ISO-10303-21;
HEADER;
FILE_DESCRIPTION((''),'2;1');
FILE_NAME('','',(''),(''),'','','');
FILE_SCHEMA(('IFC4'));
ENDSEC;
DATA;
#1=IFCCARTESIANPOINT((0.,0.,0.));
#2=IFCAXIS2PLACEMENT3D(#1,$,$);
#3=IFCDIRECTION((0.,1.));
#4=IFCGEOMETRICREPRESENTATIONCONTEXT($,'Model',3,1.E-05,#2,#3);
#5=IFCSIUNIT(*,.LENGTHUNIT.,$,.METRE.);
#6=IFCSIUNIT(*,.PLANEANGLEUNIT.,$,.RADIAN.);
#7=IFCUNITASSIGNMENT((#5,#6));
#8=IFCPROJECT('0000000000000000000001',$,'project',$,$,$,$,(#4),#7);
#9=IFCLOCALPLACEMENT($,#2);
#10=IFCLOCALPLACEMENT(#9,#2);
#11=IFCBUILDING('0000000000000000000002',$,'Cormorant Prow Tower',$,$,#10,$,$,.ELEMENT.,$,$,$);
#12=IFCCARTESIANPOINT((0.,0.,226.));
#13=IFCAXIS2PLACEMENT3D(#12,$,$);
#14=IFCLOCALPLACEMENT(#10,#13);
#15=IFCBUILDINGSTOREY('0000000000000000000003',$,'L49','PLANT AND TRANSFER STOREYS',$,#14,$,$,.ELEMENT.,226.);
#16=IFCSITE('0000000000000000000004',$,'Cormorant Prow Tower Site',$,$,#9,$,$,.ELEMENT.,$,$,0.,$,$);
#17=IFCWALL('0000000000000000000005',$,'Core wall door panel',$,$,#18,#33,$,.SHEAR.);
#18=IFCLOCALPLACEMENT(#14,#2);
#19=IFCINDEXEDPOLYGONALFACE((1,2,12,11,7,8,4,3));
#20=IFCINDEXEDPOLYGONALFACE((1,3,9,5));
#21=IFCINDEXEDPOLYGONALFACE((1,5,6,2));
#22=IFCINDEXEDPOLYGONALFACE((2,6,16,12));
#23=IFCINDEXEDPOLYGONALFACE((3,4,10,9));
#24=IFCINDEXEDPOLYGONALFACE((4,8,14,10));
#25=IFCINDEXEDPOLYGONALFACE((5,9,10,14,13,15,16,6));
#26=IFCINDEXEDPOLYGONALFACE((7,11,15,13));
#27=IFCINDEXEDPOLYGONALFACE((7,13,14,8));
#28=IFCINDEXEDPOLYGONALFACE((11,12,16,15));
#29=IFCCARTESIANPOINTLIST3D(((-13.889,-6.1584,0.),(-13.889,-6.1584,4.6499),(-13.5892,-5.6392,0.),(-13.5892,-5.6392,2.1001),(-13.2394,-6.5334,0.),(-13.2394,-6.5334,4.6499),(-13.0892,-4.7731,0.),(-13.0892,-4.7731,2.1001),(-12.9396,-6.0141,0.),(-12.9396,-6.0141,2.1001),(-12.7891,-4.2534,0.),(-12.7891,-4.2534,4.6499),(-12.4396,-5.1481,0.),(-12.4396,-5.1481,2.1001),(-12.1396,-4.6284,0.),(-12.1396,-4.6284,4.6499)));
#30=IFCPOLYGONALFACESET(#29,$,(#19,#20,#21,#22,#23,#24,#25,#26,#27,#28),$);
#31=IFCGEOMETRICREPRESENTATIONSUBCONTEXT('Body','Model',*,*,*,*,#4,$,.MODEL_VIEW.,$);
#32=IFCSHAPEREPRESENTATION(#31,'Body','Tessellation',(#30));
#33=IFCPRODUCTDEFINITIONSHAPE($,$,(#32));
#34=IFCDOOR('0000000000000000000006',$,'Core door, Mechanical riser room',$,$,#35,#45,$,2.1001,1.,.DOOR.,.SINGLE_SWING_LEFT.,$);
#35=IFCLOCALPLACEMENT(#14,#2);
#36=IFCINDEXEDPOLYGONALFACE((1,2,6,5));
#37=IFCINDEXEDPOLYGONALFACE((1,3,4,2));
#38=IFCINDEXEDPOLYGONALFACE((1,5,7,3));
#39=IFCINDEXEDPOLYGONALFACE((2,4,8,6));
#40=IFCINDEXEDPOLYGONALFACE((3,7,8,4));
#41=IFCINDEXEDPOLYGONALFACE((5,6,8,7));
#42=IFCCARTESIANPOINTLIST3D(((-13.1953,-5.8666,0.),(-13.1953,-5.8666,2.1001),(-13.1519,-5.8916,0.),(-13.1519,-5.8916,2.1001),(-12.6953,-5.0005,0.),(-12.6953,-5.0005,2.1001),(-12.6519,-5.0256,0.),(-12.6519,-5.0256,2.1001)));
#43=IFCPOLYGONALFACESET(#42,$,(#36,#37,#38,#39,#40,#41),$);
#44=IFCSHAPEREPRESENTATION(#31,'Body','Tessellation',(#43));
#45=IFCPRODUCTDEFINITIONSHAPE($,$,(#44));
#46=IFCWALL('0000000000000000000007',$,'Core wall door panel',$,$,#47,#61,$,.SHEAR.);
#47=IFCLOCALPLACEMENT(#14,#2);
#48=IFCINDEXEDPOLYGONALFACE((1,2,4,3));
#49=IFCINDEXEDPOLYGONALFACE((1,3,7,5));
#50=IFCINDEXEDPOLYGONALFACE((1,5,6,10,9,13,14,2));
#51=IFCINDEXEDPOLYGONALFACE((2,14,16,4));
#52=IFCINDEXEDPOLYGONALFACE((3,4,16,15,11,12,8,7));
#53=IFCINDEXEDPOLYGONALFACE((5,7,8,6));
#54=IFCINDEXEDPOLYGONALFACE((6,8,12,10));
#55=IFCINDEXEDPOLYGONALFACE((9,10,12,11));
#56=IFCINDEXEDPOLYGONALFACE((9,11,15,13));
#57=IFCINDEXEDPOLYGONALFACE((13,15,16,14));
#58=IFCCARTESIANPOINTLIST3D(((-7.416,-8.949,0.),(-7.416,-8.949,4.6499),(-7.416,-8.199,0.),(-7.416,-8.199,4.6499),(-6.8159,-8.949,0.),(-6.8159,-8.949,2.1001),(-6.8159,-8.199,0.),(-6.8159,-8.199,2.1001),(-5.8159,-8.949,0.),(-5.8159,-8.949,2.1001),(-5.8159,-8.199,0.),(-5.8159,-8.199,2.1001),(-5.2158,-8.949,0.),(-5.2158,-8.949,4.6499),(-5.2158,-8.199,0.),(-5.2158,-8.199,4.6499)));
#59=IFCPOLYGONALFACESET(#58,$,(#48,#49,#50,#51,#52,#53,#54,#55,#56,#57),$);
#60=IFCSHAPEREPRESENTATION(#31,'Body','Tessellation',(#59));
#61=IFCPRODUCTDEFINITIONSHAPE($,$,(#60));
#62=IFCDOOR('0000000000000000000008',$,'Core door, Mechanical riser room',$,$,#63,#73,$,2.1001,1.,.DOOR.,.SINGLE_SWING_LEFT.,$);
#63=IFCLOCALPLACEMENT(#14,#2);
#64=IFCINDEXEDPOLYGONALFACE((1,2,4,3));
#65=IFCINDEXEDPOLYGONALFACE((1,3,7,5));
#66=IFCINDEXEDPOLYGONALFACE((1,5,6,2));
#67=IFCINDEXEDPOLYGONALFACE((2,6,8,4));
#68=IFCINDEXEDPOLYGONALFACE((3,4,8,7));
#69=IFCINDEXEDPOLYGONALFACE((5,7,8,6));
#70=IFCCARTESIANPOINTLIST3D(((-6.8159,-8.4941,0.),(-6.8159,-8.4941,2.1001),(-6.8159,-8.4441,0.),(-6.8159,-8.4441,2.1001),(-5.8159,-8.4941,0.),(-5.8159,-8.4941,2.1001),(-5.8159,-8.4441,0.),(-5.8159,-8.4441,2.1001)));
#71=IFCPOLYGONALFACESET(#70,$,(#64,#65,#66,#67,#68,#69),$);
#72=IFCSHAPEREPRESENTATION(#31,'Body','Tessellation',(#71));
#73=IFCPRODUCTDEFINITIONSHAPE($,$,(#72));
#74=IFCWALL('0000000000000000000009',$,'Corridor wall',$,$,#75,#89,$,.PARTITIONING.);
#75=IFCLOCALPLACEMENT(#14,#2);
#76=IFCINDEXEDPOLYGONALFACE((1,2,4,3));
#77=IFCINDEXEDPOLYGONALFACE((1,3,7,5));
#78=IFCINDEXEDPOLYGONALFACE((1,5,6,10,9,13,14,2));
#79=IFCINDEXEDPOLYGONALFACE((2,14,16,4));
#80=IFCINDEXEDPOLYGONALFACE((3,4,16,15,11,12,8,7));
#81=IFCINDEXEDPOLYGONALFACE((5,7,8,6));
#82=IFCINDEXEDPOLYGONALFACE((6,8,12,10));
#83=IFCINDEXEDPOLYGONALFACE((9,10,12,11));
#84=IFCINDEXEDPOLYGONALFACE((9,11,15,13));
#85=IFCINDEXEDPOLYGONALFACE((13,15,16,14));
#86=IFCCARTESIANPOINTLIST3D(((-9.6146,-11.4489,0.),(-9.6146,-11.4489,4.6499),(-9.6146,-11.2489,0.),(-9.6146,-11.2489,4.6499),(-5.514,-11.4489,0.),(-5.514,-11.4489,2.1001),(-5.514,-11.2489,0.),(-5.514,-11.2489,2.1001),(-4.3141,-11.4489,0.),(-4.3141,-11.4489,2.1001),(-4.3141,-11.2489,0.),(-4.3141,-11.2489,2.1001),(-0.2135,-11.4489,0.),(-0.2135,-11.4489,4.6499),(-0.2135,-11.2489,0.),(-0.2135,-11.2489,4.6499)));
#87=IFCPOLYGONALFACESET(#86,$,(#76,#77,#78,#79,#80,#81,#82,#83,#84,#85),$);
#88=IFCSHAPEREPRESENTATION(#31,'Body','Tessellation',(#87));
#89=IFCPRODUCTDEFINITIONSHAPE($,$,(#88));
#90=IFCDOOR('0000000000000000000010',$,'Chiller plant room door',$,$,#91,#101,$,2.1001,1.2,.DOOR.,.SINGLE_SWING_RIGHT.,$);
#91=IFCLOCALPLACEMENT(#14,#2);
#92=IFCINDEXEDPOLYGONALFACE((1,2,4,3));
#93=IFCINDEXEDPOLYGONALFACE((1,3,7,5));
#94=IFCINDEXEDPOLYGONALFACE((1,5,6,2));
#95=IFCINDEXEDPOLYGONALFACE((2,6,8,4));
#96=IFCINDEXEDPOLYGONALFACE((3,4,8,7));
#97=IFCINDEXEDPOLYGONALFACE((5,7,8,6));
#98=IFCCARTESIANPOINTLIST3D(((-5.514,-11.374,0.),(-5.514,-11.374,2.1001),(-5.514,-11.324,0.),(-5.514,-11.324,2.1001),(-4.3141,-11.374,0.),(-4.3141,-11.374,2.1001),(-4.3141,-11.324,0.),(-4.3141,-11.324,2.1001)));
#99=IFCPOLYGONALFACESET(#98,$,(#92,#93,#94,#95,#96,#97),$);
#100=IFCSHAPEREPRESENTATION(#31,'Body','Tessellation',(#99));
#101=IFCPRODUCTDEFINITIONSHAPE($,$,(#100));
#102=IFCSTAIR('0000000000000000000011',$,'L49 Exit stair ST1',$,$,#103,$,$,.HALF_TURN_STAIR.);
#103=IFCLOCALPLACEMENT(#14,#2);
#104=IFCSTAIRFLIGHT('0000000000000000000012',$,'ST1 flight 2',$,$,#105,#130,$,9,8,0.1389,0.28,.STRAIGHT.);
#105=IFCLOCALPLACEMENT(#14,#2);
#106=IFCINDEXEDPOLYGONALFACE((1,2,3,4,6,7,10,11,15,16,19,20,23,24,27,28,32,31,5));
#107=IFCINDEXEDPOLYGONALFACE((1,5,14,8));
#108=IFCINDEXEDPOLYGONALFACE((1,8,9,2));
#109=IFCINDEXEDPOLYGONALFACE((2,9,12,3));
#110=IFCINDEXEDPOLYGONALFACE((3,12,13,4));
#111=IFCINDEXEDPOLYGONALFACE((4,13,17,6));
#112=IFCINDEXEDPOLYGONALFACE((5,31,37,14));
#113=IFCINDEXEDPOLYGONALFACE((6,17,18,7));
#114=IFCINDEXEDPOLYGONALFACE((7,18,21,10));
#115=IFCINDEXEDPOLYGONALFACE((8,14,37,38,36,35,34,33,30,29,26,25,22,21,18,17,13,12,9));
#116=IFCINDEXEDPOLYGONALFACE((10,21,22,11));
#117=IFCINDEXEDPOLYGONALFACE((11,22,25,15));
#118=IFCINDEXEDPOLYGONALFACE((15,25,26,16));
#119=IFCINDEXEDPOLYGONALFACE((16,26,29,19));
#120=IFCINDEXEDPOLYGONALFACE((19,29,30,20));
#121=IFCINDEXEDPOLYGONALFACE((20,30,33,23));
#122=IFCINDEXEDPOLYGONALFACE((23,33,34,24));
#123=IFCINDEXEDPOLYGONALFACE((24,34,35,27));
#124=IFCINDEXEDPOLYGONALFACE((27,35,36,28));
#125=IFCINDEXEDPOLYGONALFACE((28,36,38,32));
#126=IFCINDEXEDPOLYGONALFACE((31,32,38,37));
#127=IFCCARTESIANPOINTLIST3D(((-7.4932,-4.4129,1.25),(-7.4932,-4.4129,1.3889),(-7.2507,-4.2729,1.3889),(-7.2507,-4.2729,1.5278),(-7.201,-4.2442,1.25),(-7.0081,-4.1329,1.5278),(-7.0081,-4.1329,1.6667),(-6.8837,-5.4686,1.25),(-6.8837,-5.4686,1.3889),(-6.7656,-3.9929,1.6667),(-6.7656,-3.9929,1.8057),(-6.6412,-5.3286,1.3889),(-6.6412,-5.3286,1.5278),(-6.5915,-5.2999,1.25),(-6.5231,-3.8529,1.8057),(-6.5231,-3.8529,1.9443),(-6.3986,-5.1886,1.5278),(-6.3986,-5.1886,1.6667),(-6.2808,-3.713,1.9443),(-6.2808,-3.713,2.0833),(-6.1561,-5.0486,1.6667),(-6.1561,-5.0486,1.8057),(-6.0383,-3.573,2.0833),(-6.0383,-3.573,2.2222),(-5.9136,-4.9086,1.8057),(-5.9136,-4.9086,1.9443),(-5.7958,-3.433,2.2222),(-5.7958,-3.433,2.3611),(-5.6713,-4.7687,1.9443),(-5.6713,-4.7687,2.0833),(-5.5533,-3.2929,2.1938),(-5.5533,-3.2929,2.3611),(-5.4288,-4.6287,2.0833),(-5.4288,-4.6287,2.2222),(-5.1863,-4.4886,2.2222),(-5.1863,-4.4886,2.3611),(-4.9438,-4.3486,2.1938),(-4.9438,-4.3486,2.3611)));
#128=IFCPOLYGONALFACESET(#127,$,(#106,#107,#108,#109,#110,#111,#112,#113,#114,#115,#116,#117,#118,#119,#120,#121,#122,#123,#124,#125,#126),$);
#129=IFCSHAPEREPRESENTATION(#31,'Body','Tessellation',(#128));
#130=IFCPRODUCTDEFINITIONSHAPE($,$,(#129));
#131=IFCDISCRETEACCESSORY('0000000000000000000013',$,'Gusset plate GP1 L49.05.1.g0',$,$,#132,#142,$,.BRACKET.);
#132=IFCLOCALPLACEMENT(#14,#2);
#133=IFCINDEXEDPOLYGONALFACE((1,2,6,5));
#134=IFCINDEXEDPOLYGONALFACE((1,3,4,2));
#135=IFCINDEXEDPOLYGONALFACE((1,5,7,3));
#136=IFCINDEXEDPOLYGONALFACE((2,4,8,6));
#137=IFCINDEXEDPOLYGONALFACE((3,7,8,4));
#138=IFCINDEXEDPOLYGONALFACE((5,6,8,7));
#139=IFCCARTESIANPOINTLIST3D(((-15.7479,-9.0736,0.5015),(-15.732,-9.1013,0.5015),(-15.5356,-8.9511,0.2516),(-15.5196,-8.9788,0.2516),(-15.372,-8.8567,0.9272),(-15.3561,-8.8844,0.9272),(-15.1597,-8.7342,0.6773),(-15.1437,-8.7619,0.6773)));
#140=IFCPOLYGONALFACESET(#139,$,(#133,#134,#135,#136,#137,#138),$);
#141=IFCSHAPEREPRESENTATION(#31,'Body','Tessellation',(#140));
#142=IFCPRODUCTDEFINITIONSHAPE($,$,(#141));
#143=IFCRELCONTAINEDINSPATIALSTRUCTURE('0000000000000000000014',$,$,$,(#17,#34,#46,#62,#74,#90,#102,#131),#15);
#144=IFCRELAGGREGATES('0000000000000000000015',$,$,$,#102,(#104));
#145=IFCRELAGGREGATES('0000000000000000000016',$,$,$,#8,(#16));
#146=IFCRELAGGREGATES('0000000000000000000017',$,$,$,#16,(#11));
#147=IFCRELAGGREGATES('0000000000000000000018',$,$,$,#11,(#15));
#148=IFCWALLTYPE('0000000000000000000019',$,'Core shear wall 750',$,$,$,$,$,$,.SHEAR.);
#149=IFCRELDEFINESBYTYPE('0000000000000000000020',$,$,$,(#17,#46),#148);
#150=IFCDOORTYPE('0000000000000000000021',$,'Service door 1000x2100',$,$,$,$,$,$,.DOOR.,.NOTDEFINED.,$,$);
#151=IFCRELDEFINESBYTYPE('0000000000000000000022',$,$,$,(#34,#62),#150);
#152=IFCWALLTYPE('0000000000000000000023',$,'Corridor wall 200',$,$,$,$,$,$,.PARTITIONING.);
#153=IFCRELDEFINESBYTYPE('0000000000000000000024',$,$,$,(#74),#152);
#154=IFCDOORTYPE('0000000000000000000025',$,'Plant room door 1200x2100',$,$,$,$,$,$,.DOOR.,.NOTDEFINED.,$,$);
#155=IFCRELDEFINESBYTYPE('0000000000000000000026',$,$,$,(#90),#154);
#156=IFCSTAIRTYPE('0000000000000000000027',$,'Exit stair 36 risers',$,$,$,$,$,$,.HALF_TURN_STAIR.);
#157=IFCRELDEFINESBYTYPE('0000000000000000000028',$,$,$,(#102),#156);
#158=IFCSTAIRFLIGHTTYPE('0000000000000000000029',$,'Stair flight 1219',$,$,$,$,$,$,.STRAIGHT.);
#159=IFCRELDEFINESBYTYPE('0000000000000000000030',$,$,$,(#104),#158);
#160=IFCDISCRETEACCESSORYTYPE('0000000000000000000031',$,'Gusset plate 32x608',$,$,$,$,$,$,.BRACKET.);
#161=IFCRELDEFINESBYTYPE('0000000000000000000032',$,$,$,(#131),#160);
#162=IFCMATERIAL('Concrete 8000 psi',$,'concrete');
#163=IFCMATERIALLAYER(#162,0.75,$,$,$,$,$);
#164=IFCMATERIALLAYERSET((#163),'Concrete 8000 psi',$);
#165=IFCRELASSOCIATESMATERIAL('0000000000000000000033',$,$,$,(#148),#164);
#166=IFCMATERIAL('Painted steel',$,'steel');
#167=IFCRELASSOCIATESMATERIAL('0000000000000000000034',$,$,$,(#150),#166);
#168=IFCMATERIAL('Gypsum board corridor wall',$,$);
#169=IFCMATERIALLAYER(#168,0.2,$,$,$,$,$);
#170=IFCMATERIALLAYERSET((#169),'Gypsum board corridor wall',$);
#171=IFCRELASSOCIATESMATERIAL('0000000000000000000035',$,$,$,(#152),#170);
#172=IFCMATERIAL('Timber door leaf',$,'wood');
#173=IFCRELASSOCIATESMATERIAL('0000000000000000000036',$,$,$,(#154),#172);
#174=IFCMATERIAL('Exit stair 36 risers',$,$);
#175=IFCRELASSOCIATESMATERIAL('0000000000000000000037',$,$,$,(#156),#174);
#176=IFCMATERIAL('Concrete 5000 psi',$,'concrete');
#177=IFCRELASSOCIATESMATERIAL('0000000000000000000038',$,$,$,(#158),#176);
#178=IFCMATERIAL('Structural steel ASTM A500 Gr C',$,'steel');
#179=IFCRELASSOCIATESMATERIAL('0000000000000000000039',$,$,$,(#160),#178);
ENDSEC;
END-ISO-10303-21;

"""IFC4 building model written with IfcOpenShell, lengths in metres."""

from ifc_helpers import new_model, si_unit, direction, frame, frame_2d, origin, origin_2d, place, context, subcontext, project, spatial, polyline, rectangle, outline, extrude, material, layer, layer_set, material_profile, profile_set, type_object, element, fill, aggregate, save


model = new_model("IFC4")

# Units and contexts
model_context = context("Model", 3, precision=1e-05, world=origin(), true_north=direction((0.0, 1.0)))
body_context = subcontext(model_context, "Body", "Model", "MODEL_VIEW")
ifc_project = project(units=[si_unit("LENGTHUNIT", "METRE"), si_unit("PLANEANGLEUNIT", "RADIAN")], contexts=[model_context])

# Site, building, storey
site_placement = place(None, origin())
site = spatial("IfcSite", under=ifc_project, at=site_placement, Name="Cormorant Prow Tower Site", CompositionType="ELEMENT", RefElevation=0.0)
building_placement = place(site_placement, origin())
building = spatial("IfcBuilding", under=site, at=building_placement, Name="Cormorant Prow Tower", CompositionType="ELEMENT")
storey_placement = place(building_placement, frame((0.0, 0.0, 226.0)))
storey = spatial("IfcBuildingStorey", under=building, at=storey_placement, Name="L49", Description="PLANT AND TRANSFER STOREYS", CompositionType="ELEMENT", Elevation=226.0)

# Shared definitions
ifc_material_1 = material(Name="Concrete 8000 psi", Category="concrete")
ifc_layer_1 = layer(ifc_material_1, 0.75)
ifc_layer_set_1 = layer_set([ifc_layer_1], Name="Concrete 8000 psi")
wall_type_1 = type_object("IfcWallType", Name="Core shear wall 750", PredefinedType="SHEAR", material=ifc_layer_set_1)

# Walls, openings, doors
wall_1_placement = place(storey_placement, frame((-12.4644, -4.4409, 0.0), z_axis=(0.0, 0.0, 1.0), x_axis=(-0.499995, -0.866028, 0.0)))
wall_1 = element("IfcWall", 1, at=wall_1_placement, inside=storey, type_object=wall_type_1, Name="Core wall door panel", PredefinedType="SHEAR", context=body_context, shape_type="SweptSolid", body=[
    extrude(rectangle(XDim=2.1997, YDim=0.75, at=frame_2d((1.0999, 0.0))), origin(), (0.0, 0.0, 1.0), 4.6499),
])
opening_1_placement = place(wall_1_placement, frame((0.6001, 0.0, 0.0)))
opening_1 = element("IfcOpeningElement", 2, at=opening_1_placement, cuts=wall_1, PredefinedType="OPENING", context=body_context, shape_type="SweptSolid", body=[
    extrude(rectangle(XDim=1.0, YDim=2.1001, at=frame_2d((0.5, 1.05))), frame((0.0, 0.385, 0.0), z_axis=(0.0, -1.0, 0.0), x_axis=(1.0, 0.0, 0.0)), (0.0, 0.0, 1.0), 0.77),
])
ifc_material_2 = material(Name="Painted steel", Category="steel")
door_type_1 = type_object("IfcDoorType", Name="Service door 1000x2100", OperationType="NOTDEFINED", PredefinedType="DOOR", material=ifc_material_2)
door_1_placement = place(opening_1_placement, origin())
door_1 = element("IfcDoor", 3, at=door_1_placement, inside=storey, type_object=door_type_1, Name="Core door, Mechanical riser room", OperationType="SINGLE_SWING_LEFT", OverallHeight=2.1001, OverallWidth=1.0, PredefinedType="DOOR", context=body_context, shape_type="SweptSolid", body=[
    extrude(rectangle(XDim=1.0, YDim=2.1001, at=frame_2d((0.5, 1.05))), frame((0.0, 0.1299, 0.0), z_axis=(0.0, -1.0, 0.0), x_axis=(1.0, 0.0, 0.0)), (0.0, 0.0, 1.0), 0.05),
])
fill(opening_1, door_1)
wall_2_placement = place(storey_placement, frame((-7.416, -8.574, 0.0), z_axis=(0.0, 0.0, 1.0), x_axis=(1.0, 0.0, 0.0)))
wall_2 = element("IfcWall", 4, at=wall_2_placement, inside=storey, type_object=wall_type_1, Name="Core wall door panel", PredefinedType="SHEAR", context=body_context, shape_type="SweptSolid", body=[
    extrude(rectangle(XDim=2.2002, YDim=0.75, at=frame_2d((1.1001, 0.0))), origin(), (0.0, 0.0, 1.0), 4.6499),
])
opening_2_placement = place(wall_2_placement, frame((0.6001, 0.0, 0.0)))
opening_2 = element("IfcOpeningElement", 5, at=opening_2_placement, cuts=wall_2, PredefinedType="OPENING", context=body_context, shape_type="SweptSolid", body=[
    extrude(rectangle(XDim=1.0, YDim=2.1001, at=frame_2d((0.5, 1.05))), frame((0.0, 0.385, 0.0), z_axis=(0.0, -1.0, 0.0), x_axis=(1.0, 0.0, 0.0)), (0.0, 0.0, 1.0), 0.77),
])
door_2_placement = place(opening_2_placement, origin())
door_2 = element("IfcDoor", 6, at=door_2_placement, inside=storey, type_object=door_type_1, Name="Core door, Mechanical riser room", OperationType="SINGLE_SWING_LEFT", OverallHeight=2.1001, OverallWidth=1.0, PredefinedType="DOOR", context=body_context, shape_type="SweptSolid", body=[
    extrude(rectangle(XDim=1.0, YDim=2.1001, at=frame_2d((0.5, 1.05))), frame((0.0, 0.1299, 0.0), z_axis=(0.0, -1.0, 0.0), x_axis=(1.0, 0.0, 0.0)), (0.0, 0.0, 1.0), 0.05),
])
fill(opening_2, door_2)
ifc_material_3 = material(Name="Gypsum board corridor wall")
ifc_layer_2 = layer(ifc_material_3, 0.2)
ifc_layer_set_2 = layer_set([ifc_layer_2], Name="Gypsum board corridor wall")
wall_type_2 = type_object("IfcWallType", Name="Corridor wall 200", PredefinedType="PARTITIONING", material=ifc_layer_set_2)
wall_3_placement = place(storey_placement, frame((-9.6147, -11.3489, 0.0), z_axis=(0.0, 0.0, 1.0), x_axis=(1.0, 0.0, 0.0)))
wall_3 = element("IfcWall", 7, at=wall_3_placement, inside=storey, type_object=wall_type_2, Name="Corridor wall", PredefinedType="PARTITIONING", context=body_context, shape_type="SweptSolid", body=[
    extrude(rectangle(XDim=9.4011, YDim=0.2, at=frame_2d((4.7007, 0.0))), origin(), (0.0, 0.0, 1.0), 4.6499),
])
opening_3_placement = place(wall_3_placement, frame((4.1006, 0.0, 0.0)))
opening_3 = element("IfcOpeningElement", 8, at=opening_3_placement, cuts=wall_3, PredefinedType="OPENING", context=body_context, shape_type="SweptSolid", body=[
    extrude(rectangle(XDim=1.2, YDim=2.1001, at=frame_2d((0.6001, 1.05))), frame((0.0, 0.1099, 0.0), z_axis=(0.0, -1.0, 0.0), x_axis=(1.0, 0.0, 0.0)), (0.0, 0.0, 1.0), 0.22),
])
ifc_material_4 = material(Name="Timber door leaf", Category="wood")
door_type_2 = type_object("IfcDoorType", Name="Plant room door 1200x2100", OperationType="NOTDEFINED", PredefinedType="DOOR", material=ifc_material_4)
door_3_placement = place(opening_3_placement, origin())
door_3 = element("IfcDoor", 9, at=door_3_placement, inside=storey, type_object=door_type_2, Name="Chiller plant room door", OperationType="SINGLE_SWING_RIGHT", OverallHeight=2.1001, OverallWidth=1.2, PredefinedType="DOOR", context=body_context, shape_type="SweptSolid", body=[
    extrude(rectangle(XDim=1.2, YDim=2.1001, at=frame_2d((0.6001, 1.05))), frame((0.0, 0.0249, 0.0), z_axis=(0.0, -1.0, 0.0), x_axis=(1.0, 0.0, 0.0)), (0.0, 0.0, 1.0), 0.05),
])
fill(opening_3, door_3)

# Stair, stair flight
ifc_material_5 = material(Name="Exit stair 36 risers")
stair_type = type_object("IfcStairType", Name="Exit stair 36 risers", PredefinedType="HALF_TURN_STAIR", material=ifc_material_5)
stair_placement = place(storey_placement, origin())
stair = element("IfcStair", 10, at=stair_placement, inside=storey, type_object=stair_type, Name="L49 Exit stair ST1", PredefinedType="HALF_TURN_STAIR")
ifc_material_6 = material(Name="Concrete 5000 psi", Category="concrete")
stair_flight_type = type_object("IfcStairFlightType", Name="Stair flight 1219", PredefinedType="STRAIGHT", material=ifc_material_6)
stair_flight_placement = place(storey_placement, frame((-7.1885, -4.9407, 1.25), z_axis=(0.0, 0.0, 1.0), x_axis=(0.866025, 0.5, 0.0)))
stair_flight = element("IfcStairFlight", 11, at=stair_flight_placement, type_object=stair_flight_type, Name="ST1 flight 2", NumberOfRisers=9, NumberOfTreads=8, PredefinedType="STRAIGHT", RiserHeight=0.1389, TreadLength=0.28, context=body_context, shape_type="SweptSolid", body=[
    extrude(outline(polyline([(0.0, 0.0), (0.0, 0.1389), (0.28, 0.1389), (0.28, 0.2778), (0.5601, 0.2778), (0.5601, 0.4167), (0.8401, 0.4167), (0.8401, 0.5557), (1.1201, 0.5557), (1.1201, 0.6943), (1.3999, 0.6943), (1.3999, 0.8333), (1.6799, 0.8333), (1.6799, 0.9722), (1.96, 0.9722), (1.96, 1.1111), (2.24, 1.1111), (2.24, 1.25), (2.24, 0.9438), (0.3374, 0.0), (0.0, 0.0)])), frame((0.0, 0.6094, 0.0), z_axis=(0.0, -1.0, 0.0), x_axis=(1.0, 0.0, 0.0)), (0.0, 0.0, 1.0), 1.219),
])
aggregate(stair, [stair_flight])

# Discrete accessory
ifc_material_7 = material(Name="Structural steel ASTM A500 Gr C", Category="steel")
ifc_material_profile_1 = material_profile(ifc_material_7, rectangle(XDim=0.032, YDim=0.6079, at=origin_2d()), Name="Gusset plate 32x608")
ifc_profile_set_1 = profile_set([ifc_material_profile_1], Name="Structural steel ASTM A500 Gr C")
discrete_accessory_type = type_object("IfcDiscreteAccessoryType", Name="Gusset plate 32x608", PredefinedType="BRACKET", material=ifc_profile_set_1)
discrete_accessory_placement = place(storey_placement, frame((-15.552, -8.979, 0.7144), z_axis=(0.606529, 0.349974, -0.713891), x_axis=(-0.49978, 0.866152, 0.0)))
element("IfcDiscreteAccessory", 12, at=discrete_accessory_placement, inside=storey, type_object=discrete_accessory_type, Name="Gusset plate GP1 L49.05.1.g0", PredefinedType="BRACKET", context=body_context, shape_type="SweptSolid", body=[
    extrude(rectangle(XDim=0.032, YDim=0.6079, at=origin_2d()), origin(), (0.0, 0.0, 1.0), 0.3501),
])

save(model, "model.ifc")
